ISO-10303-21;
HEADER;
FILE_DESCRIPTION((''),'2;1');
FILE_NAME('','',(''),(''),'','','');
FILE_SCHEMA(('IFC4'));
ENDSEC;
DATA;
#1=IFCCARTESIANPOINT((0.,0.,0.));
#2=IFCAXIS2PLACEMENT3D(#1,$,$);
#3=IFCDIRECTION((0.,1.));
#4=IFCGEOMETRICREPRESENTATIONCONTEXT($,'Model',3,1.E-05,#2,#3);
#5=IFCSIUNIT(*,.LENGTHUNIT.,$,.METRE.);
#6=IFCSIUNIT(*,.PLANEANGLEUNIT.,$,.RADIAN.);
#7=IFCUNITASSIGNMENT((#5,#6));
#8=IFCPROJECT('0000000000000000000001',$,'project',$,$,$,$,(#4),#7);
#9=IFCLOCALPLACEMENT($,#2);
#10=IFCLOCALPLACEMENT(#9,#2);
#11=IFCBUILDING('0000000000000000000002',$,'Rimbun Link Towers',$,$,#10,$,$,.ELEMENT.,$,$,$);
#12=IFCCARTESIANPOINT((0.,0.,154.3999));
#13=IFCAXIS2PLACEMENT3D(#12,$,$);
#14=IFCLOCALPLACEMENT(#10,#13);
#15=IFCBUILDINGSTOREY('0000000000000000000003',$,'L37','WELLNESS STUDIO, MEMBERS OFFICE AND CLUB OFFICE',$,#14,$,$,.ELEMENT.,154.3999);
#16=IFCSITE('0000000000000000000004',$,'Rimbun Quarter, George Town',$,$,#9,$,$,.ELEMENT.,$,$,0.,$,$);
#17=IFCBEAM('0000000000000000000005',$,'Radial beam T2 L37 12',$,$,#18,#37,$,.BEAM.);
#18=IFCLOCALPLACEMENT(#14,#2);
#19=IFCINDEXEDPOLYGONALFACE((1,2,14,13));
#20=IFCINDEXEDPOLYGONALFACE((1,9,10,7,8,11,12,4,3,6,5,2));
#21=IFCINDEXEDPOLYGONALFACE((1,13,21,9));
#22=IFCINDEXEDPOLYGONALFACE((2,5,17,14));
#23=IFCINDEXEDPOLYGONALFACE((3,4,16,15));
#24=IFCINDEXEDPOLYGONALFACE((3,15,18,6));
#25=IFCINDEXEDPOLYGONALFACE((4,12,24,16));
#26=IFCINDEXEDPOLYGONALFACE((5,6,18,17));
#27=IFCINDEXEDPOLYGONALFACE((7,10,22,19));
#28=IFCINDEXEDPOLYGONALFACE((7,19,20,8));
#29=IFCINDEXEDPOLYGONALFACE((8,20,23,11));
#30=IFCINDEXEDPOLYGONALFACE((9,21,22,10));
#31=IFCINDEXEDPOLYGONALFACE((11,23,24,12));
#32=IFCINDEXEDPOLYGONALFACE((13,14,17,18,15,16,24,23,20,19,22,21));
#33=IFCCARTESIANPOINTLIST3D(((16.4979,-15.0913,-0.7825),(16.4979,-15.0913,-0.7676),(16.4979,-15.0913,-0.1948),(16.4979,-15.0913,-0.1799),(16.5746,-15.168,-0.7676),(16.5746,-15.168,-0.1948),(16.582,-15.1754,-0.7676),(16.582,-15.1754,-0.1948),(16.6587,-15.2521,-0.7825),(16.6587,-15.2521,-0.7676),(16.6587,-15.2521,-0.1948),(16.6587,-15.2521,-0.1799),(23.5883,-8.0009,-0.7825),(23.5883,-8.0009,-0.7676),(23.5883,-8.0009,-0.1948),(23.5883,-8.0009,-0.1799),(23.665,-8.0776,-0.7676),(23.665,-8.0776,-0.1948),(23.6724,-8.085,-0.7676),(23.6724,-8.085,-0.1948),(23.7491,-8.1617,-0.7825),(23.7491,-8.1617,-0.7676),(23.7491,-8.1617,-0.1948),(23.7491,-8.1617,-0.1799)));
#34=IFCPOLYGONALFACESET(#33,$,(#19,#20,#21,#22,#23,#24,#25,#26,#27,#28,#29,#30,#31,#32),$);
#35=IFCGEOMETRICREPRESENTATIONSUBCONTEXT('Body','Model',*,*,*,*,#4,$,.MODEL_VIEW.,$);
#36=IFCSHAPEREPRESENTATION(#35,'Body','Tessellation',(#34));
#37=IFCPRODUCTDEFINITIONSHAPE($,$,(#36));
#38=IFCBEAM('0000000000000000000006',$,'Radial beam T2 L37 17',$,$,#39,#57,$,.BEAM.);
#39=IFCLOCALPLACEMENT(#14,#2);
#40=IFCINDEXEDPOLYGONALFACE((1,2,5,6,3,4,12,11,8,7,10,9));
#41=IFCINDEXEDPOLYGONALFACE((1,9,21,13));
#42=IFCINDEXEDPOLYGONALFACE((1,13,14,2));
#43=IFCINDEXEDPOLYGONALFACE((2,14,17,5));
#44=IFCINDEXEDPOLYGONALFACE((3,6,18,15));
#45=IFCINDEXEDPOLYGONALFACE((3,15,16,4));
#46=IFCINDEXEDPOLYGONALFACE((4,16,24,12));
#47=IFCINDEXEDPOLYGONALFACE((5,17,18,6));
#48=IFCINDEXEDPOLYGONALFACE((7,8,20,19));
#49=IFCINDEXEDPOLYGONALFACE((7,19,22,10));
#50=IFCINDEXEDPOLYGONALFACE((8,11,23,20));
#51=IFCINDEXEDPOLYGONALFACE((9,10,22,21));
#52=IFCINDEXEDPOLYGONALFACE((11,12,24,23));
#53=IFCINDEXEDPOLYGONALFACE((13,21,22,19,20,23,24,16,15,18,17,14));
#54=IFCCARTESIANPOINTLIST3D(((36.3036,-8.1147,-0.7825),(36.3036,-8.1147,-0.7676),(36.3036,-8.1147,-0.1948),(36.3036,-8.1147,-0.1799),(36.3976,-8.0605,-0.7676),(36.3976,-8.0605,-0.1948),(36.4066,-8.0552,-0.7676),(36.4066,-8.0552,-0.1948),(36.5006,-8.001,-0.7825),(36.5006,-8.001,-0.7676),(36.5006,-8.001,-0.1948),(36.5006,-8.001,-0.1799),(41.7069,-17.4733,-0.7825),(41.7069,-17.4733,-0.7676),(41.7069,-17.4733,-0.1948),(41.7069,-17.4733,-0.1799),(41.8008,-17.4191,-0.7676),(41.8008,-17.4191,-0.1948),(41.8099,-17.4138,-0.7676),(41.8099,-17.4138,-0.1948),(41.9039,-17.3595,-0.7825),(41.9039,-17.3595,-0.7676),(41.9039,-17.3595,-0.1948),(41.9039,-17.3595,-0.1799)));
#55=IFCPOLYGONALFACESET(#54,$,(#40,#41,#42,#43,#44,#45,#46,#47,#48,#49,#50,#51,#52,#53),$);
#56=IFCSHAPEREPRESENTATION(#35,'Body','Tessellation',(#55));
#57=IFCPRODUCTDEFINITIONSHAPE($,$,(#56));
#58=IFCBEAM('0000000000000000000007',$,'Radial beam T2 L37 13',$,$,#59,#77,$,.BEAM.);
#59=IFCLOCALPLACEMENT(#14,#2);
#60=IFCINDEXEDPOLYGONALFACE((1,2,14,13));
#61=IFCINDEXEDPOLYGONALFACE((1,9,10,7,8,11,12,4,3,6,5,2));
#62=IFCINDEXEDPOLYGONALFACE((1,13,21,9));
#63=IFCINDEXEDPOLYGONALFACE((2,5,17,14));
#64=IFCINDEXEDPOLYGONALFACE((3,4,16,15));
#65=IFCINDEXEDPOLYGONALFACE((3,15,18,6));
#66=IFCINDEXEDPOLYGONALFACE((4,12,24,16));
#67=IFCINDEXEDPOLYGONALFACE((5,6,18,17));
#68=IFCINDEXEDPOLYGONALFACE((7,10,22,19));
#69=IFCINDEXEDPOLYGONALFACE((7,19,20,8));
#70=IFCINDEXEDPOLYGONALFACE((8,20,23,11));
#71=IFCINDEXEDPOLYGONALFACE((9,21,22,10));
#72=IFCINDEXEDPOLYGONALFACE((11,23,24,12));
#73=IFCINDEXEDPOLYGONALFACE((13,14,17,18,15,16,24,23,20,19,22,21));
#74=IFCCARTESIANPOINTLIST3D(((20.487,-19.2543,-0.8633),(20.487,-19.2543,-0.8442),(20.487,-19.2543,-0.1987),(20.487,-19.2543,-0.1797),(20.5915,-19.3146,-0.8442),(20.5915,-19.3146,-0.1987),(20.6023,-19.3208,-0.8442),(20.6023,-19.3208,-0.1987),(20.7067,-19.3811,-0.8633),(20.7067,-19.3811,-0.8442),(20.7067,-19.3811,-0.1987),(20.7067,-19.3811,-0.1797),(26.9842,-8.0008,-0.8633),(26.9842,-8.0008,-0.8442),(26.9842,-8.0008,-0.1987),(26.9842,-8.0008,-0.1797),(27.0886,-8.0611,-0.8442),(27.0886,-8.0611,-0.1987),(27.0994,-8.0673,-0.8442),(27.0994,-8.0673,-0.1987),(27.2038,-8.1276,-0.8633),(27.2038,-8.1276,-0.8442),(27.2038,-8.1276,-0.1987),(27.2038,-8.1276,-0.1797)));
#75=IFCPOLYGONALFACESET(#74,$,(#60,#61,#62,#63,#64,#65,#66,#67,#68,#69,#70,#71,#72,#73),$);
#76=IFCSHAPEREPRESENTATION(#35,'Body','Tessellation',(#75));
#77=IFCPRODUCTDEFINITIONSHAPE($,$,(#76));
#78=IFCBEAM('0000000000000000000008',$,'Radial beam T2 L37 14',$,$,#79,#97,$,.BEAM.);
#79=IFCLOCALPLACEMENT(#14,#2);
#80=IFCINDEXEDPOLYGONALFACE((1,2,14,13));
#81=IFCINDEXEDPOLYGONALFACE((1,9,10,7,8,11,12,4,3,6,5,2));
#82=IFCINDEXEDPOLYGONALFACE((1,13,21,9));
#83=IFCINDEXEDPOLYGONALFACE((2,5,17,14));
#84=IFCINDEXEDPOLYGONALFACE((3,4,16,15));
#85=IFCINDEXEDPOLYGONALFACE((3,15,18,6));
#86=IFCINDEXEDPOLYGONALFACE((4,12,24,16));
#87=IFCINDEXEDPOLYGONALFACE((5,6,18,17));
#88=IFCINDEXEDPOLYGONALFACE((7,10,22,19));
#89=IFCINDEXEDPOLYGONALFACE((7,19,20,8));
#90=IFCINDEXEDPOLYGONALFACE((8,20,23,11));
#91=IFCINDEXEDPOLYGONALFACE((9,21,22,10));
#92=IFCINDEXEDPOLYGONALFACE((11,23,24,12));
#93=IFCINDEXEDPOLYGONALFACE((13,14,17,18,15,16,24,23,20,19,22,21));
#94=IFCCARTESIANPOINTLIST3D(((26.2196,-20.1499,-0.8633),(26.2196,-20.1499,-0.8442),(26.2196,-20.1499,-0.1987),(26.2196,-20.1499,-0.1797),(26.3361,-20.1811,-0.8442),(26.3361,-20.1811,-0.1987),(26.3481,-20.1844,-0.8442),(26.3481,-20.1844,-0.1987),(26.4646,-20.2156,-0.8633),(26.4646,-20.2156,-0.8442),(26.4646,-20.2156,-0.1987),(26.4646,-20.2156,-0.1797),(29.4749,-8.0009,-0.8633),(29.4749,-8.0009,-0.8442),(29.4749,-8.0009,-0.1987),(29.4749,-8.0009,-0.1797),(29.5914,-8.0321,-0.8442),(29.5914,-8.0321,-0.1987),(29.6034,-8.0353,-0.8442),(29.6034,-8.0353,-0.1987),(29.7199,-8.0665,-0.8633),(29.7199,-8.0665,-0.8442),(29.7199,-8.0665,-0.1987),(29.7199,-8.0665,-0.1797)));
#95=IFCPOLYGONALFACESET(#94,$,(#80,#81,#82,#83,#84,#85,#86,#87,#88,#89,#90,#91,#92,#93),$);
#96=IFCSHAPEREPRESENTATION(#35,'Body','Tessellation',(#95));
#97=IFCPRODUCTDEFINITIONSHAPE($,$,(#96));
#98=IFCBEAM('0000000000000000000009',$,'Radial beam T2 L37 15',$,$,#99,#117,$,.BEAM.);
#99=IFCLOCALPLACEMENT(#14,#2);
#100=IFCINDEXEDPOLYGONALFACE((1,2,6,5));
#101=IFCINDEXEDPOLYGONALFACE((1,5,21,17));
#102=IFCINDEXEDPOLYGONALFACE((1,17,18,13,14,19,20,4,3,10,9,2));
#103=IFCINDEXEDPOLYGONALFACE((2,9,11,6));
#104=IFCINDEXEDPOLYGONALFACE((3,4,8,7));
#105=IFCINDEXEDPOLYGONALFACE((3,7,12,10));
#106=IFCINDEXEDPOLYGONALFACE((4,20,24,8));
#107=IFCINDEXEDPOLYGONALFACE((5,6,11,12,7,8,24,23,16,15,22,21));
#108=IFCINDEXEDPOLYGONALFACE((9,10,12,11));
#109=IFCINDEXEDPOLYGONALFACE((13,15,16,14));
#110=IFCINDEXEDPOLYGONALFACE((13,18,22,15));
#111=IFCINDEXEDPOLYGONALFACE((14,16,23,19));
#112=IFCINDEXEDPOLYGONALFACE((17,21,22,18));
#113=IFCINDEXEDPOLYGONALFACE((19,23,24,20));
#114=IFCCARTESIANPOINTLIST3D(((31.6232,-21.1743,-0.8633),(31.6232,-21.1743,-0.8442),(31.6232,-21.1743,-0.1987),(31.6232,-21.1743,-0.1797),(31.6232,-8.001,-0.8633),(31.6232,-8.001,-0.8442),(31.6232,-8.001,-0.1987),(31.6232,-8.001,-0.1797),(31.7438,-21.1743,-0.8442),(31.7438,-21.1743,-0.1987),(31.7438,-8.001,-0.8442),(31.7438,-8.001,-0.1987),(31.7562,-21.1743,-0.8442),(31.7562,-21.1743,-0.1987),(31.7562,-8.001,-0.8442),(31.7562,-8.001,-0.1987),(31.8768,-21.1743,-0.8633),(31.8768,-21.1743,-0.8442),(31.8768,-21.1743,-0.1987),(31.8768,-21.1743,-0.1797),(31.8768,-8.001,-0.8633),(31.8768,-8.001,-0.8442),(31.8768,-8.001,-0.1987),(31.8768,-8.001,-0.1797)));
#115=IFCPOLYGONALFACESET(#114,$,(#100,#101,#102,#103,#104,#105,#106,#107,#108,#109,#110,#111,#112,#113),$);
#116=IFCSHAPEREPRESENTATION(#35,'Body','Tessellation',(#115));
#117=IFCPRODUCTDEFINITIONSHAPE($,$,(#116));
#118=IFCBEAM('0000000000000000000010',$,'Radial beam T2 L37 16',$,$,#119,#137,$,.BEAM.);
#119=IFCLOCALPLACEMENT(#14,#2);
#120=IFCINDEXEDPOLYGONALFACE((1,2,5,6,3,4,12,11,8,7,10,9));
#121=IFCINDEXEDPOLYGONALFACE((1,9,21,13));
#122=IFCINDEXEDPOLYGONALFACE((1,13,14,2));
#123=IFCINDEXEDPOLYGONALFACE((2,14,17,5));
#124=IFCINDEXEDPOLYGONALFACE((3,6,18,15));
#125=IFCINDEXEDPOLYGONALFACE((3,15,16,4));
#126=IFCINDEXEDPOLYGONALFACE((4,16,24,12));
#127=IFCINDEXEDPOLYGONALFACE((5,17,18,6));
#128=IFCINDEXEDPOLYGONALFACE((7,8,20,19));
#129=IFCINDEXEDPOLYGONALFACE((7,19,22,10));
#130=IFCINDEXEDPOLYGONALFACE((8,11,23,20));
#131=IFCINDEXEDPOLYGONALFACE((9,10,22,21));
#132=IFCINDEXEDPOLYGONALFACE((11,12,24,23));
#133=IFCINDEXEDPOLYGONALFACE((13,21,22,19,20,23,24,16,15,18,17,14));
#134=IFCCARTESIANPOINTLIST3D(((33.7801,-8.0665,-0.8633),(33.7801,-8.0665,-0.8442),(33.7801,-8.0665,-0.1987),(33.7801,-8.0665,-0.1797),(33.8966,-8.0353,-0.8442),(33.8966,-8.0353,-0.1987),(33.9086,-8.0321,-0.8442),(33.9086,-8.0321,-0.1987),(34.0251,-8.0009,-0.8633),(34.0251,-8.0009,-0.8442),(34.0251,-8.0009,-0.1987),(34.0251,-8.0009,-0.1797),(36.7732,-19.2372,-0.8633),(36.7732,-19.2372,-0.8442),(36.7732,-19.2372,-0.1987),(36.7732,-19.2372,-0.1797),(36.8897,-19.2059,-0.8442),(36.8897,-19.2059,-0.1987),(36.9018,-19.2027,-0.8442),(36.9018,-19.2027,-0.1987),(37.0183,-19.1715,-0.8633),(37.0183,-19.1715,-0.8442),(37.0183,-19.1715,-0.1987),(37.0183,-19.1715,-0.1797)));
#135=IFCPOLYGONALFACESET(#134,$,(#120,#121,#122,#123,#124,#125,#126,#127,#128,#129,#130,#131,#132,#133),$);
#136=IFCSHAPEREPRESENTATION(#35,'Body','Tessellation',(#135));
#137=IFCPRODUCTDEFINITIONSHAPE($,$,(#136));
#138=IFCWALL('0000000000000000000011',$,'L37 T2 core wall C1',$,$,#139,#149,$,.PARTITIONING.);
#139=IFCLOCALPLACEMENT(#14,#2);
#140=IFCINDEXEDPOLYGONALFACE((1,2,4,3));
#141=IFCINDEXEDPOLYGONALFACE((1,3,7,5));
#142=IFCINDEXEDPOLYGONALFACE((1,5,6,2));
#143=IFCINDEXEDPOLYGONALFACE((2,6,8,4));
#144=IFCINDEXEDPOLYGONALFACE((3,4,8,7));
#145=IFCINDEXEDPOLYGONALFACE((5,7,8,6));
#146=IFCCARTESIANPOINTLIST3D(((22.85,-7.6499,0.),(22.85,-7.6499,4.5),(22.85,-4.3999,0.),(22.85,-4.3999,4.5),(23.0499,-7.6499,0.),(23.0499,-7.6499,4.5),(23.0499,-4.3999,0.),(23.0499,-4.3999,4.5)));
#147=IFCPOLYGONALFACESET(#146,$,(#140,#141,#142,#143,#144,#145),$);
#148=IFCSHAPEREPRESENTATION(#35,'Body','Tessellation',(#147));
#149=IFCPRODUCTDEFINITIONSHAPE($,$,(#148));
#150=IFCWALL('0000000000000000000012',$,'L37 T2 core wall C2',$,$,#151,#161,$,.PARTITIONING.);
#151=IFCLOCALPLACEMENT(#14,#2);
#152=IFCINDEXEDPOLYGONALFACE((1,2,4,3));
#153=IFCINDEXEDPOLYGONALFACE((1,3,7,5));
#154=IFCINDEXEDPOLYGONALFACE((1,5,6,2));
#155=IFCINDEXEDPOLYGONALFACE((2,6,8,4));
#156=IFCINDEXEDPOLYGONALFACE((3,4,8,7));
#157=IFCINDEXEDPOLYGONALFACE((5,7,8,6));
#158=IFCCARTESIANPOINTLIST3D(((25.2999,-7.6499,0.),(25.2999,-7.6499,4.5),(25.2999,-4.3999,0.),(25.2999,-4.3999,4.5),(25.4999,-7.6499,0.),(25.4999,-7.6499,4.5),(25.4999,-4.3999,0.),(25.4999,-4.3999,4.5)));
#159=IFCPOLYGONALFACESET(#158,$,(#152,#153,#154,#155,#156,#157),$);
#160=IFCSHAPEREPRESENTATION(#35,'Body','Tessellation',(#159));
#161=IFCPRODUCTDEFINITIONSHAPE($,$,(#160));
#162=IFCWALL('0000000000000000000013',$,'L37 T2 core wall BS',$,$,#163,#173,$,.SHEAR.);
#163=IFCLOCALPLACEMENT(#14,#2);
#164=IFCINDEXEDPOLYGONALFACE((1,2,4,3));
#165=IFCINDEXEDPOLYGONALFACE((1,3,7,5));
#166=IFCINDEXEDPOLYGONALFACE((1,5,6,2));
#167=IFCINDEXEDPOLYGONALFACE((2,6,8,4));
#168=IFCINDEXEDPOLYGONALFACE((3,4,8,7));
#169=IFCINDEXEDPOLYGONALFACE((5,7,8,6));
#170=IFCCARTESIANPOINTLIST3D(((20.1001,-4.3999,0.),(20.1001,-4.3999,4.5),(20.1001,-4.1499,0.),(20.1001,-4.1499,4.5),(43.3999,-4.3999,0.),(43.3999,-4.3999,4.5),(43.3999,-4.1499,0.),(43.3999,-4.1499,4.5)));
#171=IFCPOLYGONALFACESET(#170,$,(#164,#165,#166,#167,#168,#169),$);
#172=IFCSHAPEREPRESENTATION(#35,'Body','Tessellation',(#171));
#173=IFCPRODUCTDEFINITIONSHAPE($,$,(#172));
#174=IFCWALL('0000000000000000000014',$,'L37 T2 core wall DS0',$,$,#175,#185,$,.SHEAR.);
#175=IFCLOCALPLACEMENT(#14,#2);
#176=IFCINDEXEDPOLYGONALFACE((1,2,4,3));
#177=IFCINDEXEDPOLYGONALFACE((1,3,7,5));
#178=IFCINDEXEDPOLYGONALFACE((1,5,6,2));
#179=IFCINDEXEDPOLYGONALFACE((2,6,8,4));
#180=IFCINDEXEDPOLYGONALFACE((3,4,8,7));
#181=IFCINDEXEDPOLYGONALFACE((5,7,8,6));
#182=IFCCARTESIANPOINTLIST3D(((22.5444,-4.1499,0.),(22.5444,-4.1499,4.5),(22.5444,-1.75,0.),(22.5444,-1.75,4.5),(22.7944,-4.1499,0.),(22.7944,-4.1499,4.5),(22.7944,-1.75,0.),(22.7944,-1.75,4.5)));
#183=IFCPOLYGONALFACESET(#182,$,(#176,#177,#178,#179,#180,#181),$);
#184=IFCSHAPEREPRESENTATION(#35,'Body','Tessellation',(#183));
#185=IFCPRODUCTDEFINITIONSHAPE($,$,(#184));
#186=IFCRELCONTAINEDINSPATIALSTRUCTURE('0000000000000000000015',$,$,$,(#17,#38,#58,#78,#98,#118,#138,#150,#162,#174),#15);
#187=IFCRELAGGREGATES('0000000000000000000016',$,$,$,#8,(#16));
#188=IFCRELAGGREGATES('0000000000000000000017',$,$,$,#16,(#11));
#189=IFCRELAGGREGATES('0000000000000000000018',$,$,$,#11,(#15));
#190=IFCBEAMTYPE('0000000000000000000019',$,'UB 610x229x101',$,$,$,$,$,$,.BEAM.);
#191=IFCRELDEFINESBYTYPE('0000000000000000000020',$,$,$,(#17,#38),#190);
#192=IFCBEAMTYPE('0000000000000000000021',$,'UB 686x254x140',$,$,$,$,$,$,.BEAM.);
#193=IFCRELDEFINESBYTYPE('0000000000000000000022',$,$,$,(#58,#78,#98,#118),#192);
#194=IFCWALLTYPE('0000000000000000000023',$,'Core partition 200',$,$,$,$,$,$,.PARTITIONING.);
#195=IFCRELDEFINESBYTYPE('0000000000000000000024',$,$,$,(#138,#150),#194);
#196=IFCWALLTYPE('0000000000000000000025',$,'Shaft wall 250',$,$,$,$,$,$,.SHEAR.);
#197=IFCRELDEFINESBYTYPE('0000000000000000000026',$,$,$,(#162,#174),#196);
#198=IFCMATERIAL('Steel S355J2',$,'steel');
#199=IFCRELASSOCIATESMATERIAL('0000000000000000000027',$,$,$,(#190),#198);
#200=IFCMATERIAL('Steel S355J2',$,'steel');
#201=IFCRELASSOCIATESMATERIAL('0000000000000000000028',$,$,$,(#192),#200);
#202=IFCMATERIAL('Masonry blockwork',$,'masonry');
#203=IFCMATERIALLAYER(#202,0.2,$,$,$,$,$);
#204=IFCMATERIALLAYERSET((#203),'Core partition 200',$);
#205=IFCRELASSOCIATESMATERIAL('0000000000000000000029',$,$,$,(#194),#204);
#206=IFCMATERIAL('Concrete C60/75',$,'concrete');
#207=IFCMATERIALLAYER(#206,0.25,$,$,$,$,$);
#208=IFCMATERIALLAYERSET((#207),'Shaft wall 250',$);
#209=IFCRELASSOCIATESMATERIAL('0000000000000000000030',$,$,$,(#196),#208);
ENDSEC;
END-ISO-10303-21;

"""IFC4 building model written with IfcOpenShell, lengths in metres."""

from ifc_helpers import new_model, si_unit, direction, frame, frame_2d, origin, origin_2d, place, context, subcontext, project, spatial, rectangle, i_section, extrude, material, layer, layer_set, material_profile, profile_set, type_object, element, save


model = new_model("IFC4")

# Units and contexts
model_context = context("Model", 3, precision=1e-05, world=origin(), true_north=direction((0.0, 1.0)))
body_context = subcontext(model_context, "Body", "Model", "MODEL_VIEW")
ifc_project = project(units=[si_unit("LENGTHUNIT", "METRE"), si_unit("PLANEANGLEUNIT", "RADIAN")], contexts=[model_context])

# Site, building, storey
site_placement = place(None, origin())
site = spatial("IfcSite", under=ifc_project, at=site_placement, Name="Rimbun Quarter, George Town", CompositionType="ELEMENT", RefElevation=0.0)
building_placement = place(site_placement, origin())
building = spatial("IfcBuilding", under=site, at=building_placement, Name="Rimbun Link Towers", CompositionType="ELEMENT")
storey_placement = place(building_placement, frame((0.0, 0.0, 154.3999)))
storey = spatial("IfcBuildingStorey", under=building, at=storey_placement, Name="L37", Description="WELLNESS STUDIO, MEMBERS OFFICE AND CLUB OFFICE", CompositionType="ELEMENT", Elevation=154.3999)

# Beams
ifc_material_1 = material(Name="Steel S355J2", Category="steel")
ifc_material_profile_1 = material_profile(ifc_material_1, i_section(OverallWidth=0.2275, OverallDepth=0.6025, WebThickness=0.0105, FlangeThickness=0.0149, at=origin_2d()), Name="UB 610x229x101")
ifc_profile_set_1 = profile_set([ifc_material_profile_1], Name="Steel S355J2")
beam_type_1 = type_object("IfcBeamType", Name="UB 610x229x101", PredefinedType="BEAM", material=ifc_profile_set_1)
beam_1_placement = place(storey_placement, frame((23.6687, -8.0813, -0.4812), z_axis=(-0.707107, -0.707107, 0.0), x_axis=(0.707107, -0.707107, 0.0)))
element("IfcBeam", 1, at=beam_1_placement, inside=storey, type_object=beam_type_1, Name="Radial beam T2 L37 12", PredefinedType="BEAM", context=body_context, shape_type="SweptSolid", body=[
    extrude(i_section(OverallWidth=0.2275, OverallDepth=0.6025, WebThickness=0.0105, FlangeThickness=0.0149, at=origin_2d()), origin(), (0.0, 0.0, 1.0), 10.0273),
])
beam_2_placement = place(storey_placement, frame((36.4021, -8.0579, -0.4812), z_axis=(0.500007, -0.866021, 0.0), x_axis=(0.866021, 0.500007, 0.0)))
element("IfcBeam", 2, at=beam_2_placement, inside=storey, type_object=beam_type_1, Name="Radial beam T2 L37 17", PredefinedType="BEAM", context=body_context, shape_type="SweptSolid", body=[
    extrude(i_section(OverallWidth=0.2275, OverallDepth=0.6025, WebThickness=0.0105, FlangeThickness=0.0149, at=origin_2d()), origin(), (0.0, 0.0, 1.0), 10.8064),
])
ifc_material_2 = material(Name="Steel S355J2", Category="steel")
ifc_material_profile_2 = material_profile(ifc_material_2, i_section(OverallWidth=0.2537, OverallDepth=0.6836, WebThickness=0.0125, FlangeThickness=0.019, at=origin_2d()), Name="UB 686x254x140")
ifc_profile_set_2 = profile_set([ifc_material_profile_2], Name="Steel S355J2")
beam_type_2 = type_object("IfcBeamType", Name="UB 686x254x140", PredefinedType="BEAM", material=ifc_profile_set_2)
beam_3_placement = place(storey_placement, frame((27.094, -8.0642, -0.5215), z_axis=(-0.499995, -0.866029, 0.0), x_axis=(0.866029, -0.499995, 0.0)))
element("IfcBeam", 3, at=beam_3_placement, inside=storey, type_object=beam_type_2, Name="Radial beam T2 L37 13", PredefinedType="BEAM", context=body_context, shape_type="SweptSolid", body=[
    extrude(i_section(OverallWidth=0.2537, OverallDepth=0.6836, WebThickness=0.0125, FlangeThickness=0.019, at=origin_2d()), origin(), (0.0, 0.0, 1.0), 12.9944),
])
beam_4_placement = place(storey_placement, frame((29.5974, -8.0337, -0.5215), z_axis=(-0.25882, -0.965926, 0.0), x_axis=(0.965926, -0.25882, 0.0)))
element("IfcBeam", 4, at=beam_4_placement, inside=storey, type_object=beam_type_2, Name="Radial beam T2 L37 14", PredefinedType="BEAM", context=body_context, shape_type="SweptSolid", body=[
    extrude(i_section(OverallWidth=0.2537, OverallDepth=0.6836, WebThickness=0.0125, FlangeThickness=0.019, at=origin_2d()), origin(), (0.0, 0.0, 1.0), 12.5776),
])
beam_5_placement = place(storey_placement, frame((31.75, -8.001, -0.5215), z_axis=(0.0, -1.0, 0.0), x_axis=(1.0, 0.0, 0.0)))
element("IfcBeam", 5, at=beam_5_placement, inside=storey, type_object=beam_type_2, Name="Radial beam T2 L37 15", PredefinedType="BEAM", context=body_context, shape_type="SweptSolid", body=[
    extrude(i_section(OverallWidth=0.2537, OverallDepth=0.6836, WebThickness=0.0125, FlangeThickness=0.019, at=origin_2d()), origin(), (0.0, 0.0, 1.0), 13.1733),
])
beam_6_placement = place(storey_placement, frame((33.9026, -8.0337, -0.5215), z_axis=(0.258819, -0.965926, 0.0), x_axis=(0.965926, 0.258819, 0.0)))
element("IfcBeam", 6, at=beam_6_placement, inside=storey, type_object=beam_type_2, Name="Radial beam T2 L37 16", PredefinedType="BEAM", context=body_context, shape_type="SweptSolid", body=[
    extrude(i_section(OverallWidth=0.2537, OverallDepth=0.6836, WebThickness=0.0125, FlangeThickness=0.019, at=origin_2d()), origin(), (0.0, 0.0, 1.0), 11.5647),
])

# Walls
ifc_material_3 = material(Name="Masonry blockwork", Category="masonry")
ifc_layer_1 = layer(ifc_material_3, 0.2)
ifc_layer_set_1 = layer_set([ifc_layer_1], Name="Core partition 200")
wall_type_1 = type_object("IfcWallType", Name="Core partition 200", PredefinedType="PARTITIONING", material=ifc_layer_set_1)
for number, where, z_axis, x_axis, name in (
    (7, (22.95, -4.3999, 0.0), (0.0, 0.0, 1.0), (0.0, -1.0, 0.0), "L37 T2 core wall C1"),
    (8, (25.3999, -4.3999, 0.0), (0.0, 0.0, 1.0), (0.0, -1.0, 0.0), "L37 T2 core wall C2"),
):
    element("IfcWall", number, at=place(storey_placement, frame(where, z_axis=z_axis, x_axis=x_axis)), inside=storey, type_object=wall_type_1, Name=name, PredefinedType="PARTITIONING", context=body_context, shape_type="SweptSolid", body=[
        extrude(rectangle(XDim=3.25, YDim=0.2, at=frame_2d((1.625, 0.0))), origin(), (0.0, 0.0, 1.0), 4.5),
    ])
ifc_material_4 = material(Name="Concrete C60/75", Category="concrete")
ifc_layer_2 = layer(ifc_material_4, 0.25)
ifc_layer_set_2 = layer_set([ifc_layer_2], Name="Shaft wall 250")
wall_type_2 = type_object("IfcWallType", Name="Shaft wall 250", PredefinedType="SHEAR", material=ifc_layer_set_2)
wall_1_placement = place(storey_placement, frame((20.1001, -4.2749, 0.0), z_axis=(0.0, 0.0, 1.0), x_axis=(1.0, 0.0, 0.0)))
element("IfcWall", 9, at=wall_1_placement, inside=storey, type_object=wall_type_2, Name="L37 T2 core wall BS", PredefinedType="SHEAR", context=body_context, shape_type="SweptSolid", body=[
    extrude(rectangle(XDim=23.2998, YDim=0.25, at=frame_2d((11.6499, 0.0))), origin(), (0.0, 0.0, 1.0), 4.5),
])
for number, where, z_axis, x_axis, name in (
    (10, (22.6694, -4.1499, 0.0), (0.0, 0.0, 1.0), (0.0, 1.0, 0.0), "L37 T2 core wall DS0"),
):
    element("IfcWall", number, at=place(storey_placement, frame(where, z_axis=z_axis, x_axis=x_axis)), inside=storey, type_object=wall_type_2, Name=name, PredefinedType="SHEAR", context=body_context, shape_type="SweptSolid", body=[
        extrude(rectangle(XDim=2.3999, YDim=0.25, at=frame_2d((1.2, 0.0))), origin(), (0.0, 0.0, 1.0), 4.5),
    ])

save(model, "model.ifc")
